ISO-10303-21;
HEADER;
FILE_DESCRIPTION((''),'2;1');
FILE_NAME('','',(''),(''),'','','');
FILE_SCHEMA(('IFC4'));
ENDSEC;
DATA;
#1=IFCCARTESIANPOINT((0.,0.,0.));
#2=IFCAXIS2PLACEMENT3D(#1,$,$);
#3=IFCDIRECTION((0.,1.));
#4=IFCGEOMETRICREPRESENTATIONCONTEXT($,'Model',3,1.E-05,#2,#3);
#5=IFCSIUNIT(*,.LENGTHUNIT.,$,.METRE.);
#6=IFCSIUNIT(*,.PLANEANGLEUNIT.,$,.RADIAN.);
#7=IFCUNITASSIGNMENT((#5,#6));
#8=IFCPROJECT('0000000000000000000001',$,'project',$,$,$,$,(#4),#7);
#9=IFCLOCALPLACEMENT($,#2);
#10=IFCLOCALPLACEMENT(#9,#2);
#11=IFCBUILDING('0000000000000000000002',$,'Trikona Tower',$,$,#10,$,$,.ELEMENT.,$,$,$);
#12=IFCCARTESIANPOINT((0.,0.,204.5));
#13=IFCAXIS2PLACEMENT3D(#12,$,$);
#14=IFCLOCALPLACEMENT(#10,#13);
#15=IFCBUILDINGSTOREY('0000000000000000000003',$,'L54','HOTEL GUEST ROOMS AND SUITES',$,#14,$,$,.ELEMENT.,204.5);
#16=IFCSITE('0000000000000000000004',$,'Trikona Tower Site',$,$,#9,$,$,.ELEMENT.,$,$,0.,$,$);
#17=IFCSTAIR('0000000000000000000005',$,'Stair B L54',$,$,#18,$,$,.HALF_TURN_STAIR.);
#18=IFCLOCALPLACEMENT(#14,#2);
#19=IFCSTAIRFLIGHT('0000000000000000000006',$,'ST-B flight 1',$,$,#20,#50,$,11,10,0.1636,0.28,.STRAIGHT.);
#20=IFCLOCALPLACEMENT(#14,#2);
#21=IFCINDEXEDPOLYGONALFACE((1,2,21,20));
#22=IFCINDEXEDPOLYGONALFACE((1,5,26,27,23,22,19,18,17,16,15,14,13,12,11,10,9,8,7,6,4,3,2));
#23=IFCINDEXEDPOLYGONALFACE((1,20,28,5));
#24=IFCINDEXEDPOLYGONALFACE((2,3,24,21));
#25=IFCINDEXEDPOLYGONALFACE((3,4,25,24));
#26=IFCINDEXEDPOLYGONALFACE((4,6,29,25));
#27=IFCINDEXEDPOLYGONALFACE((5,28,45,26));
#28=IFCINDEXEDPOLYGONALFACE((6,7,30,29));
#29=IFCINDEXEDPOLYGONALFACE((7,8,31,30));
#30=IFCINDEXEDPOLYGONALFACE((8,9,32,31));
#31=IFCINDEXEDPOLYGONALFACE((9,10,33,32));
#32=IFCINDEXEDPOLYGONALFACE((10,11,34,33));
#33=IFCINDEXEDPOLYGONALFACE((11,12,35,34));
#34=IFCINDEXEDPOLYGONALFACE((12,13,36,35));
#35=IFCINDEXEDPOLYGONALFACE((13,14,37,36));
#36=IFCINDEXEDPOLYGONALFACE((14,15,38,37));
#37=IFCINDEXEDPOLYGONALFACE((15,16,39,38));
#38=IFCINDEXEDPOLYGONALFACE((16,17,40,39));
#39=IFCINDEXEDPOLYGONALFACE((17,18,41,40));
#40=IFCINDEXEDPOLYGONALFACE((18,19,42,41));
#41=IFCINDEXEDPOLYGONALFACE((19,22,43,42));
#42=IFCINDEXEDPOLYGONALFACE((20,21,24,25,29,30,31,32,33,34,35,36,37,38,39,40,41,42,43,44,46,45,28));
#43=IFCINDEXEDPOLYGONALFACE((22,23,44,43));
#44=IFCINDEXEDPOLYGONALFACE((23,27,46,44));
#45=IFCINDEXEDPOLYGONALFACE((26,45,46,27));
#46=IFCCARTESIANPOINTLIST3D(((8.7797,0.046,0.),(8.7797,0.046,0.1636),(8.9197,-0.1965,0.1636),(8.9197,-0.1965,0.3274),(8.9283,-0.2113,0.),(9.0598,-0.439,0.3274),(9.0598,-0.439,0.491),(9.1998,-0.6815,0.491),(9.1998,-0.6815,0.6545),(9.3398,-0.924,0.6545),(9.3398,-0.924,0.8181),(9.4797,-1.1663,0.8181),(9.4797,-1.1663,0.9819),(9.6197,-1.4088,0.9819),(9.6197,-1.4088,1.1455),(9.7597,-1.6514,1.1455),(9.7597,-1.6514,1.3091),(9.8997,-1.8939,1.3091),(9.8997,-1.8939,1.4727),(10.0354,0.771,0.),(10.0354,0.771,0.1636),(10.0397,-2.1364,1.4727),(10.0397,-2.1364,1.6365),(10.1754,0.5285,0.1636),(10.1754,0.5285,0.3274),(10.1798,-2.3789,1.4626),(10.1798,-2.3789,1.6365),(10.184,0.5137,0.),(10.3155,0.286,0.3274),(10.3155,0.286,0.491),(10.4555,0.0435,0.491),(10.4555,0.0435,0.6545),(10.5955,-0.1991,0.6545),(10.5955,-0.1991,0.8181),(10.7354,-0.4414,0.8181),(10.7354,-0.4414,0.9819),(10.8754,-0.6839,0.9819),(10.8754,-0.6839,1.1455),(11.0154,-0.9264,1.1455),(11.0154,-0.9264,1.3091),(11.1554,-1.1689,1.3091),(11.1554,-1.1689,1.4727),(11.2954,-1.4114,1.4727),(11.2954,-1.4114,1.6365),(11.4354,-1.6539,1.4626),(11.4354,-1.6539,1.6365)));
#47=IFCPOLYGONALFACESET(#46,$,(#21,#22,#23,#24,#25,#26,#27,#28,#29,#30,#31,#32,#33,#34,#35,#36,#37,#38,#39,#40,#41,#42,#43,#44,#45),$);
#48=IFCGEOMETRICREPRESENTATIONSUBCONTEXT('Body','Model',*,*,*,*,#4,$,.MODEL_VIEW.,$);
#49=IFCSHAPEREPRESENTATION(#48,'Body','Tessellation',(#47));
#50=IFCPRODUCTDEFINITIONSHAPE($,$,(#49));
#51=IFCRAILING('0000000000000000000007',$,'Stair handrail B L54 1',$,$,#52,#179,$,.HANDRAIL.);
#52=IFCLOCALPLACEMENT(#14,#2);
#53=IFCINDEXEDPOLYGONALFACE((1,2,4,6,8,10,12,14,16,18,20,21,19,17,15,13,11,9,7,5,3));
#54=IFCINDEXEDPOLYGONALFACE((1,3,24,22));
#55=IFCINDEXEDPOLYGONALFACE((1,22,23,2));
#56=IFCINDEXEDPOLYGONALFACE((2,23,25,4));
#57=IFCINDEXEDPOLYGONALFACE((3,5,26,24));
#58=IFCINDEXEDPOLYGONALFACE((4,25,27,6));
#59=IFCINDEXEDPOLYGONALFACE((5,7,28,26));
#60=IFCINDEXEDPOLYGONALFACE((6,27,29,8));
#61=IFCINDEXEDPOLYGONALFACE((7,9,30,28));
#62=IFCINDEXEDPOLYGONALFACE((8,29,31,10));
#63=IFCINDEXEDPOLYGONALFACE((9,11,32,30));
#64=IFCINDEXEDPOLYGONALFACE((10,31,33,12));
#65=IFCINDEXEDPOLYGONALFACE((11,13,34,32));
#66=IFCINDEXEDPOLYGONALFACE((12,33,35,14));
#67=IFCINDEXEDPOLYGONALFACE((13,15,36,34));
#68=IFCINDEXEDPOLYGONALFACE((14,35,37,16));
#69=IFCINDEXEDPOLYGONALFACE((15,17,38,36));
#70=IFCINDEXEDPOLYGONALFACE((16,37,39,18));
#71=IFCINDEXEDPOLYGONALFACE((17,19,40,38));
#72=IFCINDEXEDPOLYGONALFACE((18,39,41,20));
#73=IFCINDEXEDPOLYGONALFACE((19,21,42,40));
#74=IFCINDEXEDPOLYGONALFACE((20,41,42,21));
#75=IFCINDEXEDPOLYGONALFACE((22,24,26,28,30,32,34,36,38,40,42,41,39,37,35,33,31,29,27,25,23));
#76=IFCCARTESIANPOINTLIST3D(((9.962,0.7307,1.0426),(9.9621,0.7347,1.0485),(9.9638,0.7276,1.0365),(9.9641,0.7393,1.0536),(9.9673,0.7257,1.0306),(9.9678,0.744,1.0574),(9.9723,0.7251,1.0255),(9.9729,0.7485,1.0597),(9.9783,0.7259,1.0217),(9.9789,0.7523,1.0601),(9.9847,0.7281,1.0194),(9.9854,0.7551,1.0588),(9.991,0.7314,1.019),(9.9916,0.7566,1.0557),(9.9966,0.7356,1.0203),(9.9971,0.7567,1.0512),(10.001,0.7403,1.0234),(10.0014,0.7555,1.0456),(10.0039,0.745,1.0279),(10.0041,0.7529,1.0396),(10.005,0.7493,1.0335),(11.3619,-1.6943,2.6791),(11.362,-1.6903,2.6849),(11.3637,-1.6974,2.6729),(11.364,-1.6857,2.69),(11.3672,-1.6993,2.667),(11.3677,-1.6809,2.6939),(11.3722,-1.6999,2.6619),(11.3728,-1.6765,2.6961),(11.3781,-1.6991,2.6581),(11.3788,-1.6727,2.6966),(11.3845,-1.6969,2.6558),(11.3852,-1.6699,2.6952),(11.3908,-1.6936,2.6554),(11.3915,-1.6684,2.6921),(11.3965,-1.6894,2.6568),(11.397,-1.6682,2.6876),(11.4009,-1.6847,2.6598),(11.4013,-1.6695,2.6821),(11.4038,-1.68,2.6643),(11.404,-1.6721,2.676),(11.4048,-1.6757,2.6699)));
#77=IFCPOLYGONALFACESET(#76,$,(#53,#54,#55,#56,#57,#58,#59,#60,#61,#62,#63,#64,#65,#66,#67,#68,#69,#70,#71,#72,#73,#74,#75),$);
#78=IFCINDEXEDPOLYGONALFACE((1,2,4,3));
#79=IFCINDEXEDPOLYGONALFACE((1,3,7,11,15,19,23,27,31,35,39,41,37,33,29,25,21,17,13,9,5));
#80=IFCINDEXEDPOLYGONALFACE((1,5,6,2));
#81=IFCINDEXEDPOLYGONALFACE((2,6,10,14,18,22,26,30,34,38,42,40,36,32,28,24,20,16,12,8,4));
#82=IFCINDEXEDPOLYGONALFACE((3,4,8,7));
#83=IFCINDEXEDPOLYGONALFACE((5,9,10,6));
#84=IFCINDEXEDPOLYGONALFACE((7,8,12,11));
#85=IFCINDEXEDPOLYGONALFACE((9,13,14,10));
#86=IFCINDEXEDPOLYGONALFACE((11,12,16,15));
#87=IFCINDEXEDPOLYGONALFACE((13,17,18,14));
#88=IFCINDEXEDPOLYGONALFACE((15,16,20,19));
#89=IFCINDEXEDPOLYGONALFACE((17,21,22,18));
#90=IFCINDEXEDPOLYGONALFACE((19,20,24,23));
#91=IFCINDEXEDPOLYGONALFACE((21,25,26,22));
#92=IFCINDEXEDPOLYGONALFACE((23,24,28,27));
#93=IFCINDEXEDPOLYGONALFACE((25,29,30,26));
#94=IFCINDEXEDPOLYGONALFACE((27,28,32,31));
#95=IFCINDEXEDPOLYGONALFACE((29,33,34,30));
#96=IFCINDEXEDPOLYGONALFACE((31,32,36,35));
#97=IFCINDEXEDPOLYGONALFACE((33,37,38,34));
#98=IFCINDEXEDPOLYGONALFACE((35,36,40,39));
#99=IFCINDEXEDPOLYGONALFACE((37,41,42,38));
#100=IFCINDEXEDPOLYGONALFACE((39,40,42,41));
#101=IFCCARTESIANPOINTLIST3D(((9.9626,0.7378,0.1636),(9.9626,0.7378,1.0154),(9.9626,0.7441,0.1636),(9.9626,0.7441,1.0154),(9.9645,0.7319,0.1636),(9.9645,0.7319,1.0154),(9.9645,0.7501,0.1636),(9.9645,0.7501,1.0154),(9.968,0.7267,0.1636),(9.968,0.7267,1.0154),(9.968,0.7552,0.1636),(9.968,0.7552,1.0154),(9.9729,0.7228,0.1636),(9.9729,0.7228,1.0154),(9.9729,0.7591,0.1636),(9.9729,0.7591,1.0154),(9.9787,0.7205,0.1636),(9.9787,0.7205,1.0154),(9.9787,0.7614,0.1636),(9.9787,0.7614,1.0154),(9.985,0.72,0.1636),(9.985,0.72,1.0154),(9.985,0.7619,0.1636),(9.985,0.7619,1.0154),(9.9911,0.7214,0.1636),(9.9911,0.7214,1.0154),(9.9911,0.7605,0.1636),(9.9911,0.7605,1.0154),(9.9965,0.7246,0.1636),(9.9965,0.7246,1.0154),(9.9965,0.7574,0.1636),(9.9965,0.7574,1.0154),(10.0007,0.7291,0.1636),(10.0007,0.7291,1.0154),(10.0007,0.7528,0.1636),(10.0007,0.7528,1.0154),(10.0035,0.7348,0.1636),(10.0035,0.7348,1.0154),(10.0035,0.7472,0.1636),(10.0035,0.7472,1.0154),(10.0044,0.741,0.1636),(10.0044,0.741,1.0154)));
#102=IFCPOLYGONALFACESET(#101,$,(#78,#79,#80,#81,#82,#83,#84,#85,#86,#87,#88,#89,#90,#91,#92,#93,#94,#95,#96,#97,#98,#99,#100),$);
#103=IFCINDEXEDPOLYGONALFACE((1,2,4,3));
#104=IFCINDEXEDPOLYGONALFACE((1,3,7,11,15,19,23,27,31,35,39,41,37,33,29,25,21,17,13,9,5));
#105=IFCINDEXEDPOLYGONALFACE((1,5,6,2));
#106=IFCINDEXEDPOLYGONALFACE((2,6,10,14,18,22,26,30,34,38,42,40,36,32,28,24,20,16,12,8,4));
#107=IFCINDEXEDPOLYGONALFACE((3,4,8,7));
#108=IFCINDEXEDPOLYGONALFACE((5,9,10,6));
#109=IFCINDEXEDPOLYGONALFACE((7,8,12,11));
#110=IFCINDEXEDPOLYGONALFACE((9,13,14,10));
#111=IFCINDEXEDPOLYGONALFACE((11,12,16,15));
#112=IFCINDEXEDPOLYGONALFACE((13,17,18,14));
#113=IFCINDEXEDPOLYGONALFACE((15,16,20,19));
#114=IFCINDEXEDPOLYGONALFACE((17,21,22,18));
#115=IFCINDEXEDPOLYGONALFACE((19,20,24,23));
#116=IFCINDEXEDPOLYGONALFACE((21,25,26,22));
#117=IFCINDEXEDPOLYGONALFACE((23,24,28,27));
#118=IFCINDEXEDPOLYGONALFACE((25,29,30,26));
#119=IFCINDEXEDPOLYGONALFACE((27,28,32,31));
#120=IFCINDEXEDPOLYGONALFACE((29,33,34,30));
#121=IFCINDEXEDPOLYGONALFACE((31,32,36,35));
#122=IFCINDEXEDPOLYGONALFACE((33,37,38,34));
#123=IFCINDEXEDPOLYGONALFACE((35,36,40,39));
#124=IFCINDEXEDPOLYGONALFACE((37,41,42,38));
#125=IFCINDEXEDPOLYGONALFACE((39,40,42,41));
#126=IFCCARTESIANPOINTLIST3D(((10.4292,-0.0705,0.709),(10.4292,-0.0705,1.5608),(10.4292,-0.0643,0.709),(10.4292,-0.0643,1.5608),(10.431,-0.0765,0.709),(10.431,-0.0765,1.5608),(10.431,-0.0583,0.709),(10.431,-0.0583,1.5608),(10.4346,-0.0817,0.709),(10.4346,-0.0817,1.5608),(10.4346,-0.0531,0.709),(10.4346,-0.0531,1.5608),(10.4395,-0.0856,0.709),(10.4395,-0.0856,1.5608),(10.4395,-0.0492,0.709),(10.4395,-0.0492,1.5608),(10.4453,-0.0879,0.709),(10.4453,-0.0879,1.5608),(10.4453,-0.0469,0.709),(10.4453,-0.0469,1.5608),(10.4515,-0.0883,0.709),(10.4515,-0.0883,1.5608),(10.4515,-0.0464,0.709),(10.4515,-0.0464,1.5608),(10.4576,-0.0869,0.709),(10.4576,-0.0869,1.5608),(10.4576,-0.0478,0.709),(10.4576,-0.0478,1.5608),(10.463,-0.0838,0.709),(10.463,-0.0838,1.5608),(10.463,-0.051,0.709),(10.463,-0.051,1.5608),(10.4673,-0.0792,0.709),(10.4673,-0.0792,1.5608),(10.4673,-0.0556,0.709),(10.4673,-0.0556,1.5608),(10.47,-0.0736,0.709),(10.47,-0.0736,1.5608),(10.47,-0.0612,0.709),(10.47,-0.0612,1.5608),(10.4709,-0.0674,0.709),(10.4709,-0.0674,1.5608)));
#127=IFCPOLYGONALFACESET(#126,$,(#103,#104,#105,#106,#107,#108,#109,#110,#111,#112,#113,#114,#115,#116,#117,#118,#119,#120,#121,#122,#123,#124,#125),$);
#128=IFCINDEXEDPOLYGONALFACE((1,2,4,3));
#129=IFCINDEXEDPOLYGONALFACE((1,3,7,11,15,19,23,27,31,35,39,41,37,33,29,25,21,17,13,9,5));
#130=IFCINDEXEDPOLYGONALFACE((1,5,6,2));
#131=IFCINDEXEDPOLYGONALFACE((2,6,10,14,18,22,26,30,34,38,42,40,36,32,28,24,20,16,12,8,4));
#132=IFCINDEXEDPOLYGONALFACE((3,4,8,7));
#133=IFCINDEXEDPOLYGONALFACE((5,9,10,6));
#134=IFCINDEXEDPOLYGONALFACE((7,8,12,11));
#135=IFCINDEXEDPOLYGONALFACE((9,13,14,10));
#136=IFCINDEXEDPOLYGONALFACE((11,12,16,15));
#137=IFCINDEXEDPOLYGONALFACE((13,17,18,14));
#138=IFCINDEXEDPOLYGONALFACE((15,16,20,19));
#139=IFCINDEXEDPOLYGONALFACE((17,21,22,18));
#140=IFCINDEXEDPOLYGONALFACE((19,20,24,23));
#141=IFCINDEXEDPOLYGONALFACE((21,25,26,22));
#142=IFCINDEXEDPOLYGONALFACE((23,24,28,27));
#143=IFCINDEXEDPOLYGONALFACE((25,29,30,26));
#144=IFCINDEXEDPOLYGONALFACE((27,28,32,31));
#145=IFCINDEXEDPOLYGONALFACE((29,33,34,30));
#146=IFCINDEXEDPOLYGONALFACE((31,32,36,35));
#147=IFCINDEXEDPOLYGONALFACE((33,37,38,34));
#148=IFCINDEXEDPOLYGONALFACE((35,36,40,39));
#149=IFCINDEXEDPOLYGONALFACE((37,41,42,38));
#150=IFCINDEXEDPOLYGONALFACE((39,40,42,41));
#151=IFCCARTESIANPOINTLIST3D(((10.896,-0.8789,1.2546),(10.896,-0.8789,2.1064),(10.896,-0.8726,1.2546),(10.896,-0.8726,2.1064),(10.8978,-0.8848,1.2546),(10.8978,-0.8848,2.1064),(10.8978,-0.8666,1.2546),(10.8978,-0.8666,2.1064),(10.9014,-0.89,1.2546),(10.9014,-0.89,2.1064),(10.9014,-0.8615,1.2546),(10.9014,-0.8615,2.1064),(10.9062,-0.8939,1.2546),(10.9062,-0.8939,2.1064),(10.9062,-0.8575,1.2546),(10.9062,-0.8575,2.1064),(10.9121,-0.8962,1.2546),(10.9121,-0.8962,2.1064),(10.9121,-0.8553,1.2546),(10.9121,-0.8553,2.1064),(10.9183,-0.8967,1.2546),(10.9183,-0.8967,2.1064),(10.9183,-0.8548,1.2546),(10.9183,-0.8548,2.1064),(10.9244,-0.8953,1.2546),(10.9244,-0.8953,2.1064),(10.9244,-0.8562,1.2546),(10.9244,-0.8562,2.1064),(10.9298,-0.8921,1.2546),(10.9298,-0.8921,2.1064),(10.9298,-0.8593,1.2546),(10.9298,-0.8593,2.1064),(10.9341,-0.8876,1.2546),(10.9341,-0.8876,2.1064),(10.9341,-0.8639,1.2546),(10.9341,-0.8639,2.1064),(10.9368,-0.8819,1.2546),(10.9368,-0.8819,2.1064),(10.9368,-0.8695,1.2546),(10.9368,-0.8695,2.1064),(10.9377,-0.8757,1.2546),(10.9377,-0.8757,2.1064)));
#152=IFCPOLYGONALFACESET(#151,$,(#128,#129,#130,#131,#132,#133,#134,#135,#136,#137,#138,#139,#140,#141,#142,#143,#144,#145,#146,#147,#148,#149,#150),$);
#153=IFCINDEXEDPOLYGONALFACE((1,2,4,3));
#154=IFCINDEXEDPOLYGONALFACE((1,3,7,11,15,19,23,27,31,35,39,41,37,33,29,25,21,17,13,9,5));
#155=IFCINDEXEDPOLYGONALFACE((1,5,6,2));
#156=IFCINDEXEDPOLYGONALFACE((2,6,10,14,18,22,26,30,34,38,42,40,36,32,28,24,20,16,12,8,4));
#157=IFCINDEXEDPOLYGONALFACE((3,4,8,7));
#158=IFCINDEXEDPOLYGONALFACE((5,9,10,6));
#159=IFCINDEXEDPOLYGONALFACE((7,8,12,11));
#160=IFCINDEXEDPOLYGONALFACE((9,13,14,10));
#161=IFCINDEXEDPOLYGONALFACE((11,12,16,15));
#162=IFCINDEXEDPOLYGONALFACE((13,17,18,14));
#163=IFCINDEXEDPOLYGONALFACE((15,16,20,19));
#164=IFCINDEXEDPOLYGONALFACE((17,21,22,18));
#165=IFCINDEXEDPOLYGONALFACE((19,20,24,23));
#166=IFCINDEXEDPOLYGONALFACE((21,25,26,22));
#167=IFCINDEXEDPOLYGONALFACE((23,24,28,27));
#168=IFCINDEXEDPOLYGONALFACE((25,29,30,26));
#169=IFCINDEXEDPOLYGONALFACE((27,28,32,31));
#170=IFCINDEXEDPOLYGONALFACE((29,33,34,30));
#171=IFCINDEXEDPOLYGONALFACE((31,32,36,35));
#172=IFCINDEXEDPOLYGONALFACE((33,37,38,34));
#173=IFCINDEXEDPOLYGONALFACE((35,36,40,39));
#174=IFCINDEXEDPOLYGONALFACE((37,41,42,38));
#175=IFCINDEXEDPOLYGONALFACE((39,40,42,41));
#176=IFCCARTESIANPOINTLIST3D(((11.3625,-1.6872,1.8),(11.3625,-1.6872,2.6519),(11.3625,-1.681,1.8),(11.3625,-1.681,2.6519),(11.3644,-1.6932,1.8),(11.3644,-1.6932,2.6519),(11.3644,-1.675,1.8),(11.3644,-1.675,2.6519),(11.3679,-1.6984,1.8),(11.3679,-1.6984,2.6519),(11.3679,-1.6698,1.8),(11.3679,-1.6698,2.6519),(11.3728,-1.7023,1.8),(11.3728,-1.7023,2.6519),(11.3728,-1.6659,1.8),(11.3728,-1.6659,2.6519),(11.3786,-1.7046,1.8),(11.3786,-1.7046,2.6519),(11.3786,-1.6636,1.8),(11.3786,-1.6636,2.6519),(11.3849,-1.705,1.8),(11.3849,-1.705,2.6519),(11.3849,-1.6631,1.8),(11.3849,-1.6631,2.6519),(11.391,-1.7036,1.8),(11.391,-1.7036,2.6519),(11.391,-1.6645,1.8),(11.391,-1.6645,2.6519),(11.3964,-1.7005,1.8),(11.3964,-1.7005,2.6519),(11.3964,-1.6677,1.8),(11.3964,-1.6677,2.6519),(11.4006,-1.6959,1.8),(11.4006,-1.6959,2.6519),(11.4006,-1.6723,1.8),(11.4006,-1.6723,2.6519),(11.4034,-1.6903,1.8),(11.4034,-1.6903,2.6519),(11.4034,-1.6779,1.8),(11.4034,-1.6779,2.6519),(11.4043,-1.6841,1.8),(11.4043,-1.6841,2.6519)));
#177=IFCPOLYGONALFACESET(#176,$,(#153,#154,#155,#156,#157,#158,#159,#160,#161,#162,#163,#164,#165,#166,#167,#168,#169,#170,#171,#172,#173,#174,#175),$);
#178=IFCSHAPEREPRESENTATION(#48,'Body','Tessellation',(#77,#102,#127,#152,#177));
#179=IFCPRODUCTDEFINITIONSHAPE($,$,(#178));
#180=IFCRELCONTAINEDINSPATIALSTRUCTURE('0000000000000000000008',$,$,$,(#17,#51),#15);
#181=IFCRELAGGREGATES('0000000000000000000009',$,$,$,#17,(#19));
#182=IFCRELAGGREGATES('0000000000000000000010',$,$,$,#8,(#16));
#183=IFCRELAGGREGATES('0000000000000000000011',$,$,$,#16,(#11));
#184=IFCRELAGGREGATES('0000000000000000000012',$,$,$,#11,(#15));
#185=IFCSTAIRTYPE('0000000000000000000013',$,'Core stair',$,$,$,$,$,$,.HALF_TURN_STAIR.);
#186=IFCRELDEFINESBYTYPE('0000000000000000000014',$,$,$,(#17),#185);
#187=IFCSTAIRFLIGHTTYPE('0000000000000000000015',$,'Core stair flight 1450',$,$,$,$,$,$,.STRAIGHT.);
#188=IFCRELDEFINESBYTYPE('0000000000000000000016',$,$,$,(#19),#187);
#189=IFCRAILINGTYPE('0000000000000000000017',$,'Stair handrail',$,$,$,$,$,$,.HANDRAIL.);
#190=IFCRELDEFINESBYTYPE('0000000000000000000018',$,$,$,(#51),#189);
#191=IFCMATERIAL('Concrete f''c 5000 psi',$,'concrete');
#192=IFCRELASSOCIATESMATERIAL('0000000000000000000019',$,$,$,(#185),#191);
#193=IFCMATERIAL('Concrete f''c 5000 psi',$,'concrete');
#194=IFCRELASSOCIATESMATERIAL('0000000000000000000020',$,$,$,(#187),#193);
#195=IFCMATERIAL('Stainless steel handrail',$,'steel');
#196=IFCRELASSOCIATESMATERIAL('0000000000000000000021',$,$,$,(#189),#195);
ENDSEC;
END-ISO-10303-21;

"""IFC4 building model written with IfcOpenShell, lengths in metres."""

from ifc_helpers import new_model, si_unit, direction, frame, origin, origin_2d, place, context, subcontext, project, spatial, polyline, circle, outline, extrude, material, type_object, element, aggregate, save


model = new_model("IFC4")

# Units and contexts
model_context = context("Model", 3, precision=1e-05, world=origin(), true_north=direction((0.0, 1.0)))
body_context = subcontext(model_context, "Body", "Model", "MODEL_VIEW")
ifc_project = project(units=[si_unit("LENGTHUNIT", "METRE"), si_unit("PLANEANGLEUNIT", "RADIAN")], contexts=[model_context])

# Site, building, storey
site_placement = place(None, origin())
site = spatial("IfcSite", under=ifc_project, at=site_placement, Name="Trikona Tower Site", CompositionType="ELEMENT", RefElevation=0.0)
building_placement = place(site_placement, origin())
building = spatial("IfcBuilding", under=site, at=building_placement, Name="Trikona Tower", CompositionType="ELEMENT")
storey_placement = place(building_placement, frame((0.0, 0.0, 204.5)))
storey = spatial("IfcBuildingStorey", under=building, at=storey_placement, Name="L54", Description="HOTEL GUEST ROOMS AND SUITES", CompositionType="ELEMENT", Elevation=204.5)

# Stair
ifc_material_1 = material(Name="Concrete f'c 5000 psi", Category="concrete")
stair_type = type_object("IfcStairType", Name="Core stair", PredefinedType="HALF_TURN_STAIR", material=ifc_material_1)
stair_1_placement = place(storey_placement, origin())
stair_1 = element("IfcStair", 1, at=stair_1_placement, inside=storey, type_object=stair_type, Name="Stair B L54", PredefinedType="HALF_TURN_STAIR")

# Stair flight
ifc_material_2 = material(Name="Concrete f'c 5000 psi", Category="concrete")
stair_flight_type = type_object("IfcStairFlightType", Name="Core stair flight 1450", PredefinedType="STRAIGHT", material=ifc_material_2)
stair_flight_placement = place(storey_placement, frame((9.4075, 0.4084, 0.0), z_axis=(0.0, 0.0, 1.0), x_axis=(0.5, -0.866025, 0.0)))
stair_flight = element("IfcStairFlight", 2, at=stair_flight_placement, type_object=stair_flight_type, Name="ST-B flight 1", NumberOfRisers=11, NumberOfTreads=10, PredefinedType="STRAIGHT", RiserHeight=0.1636, TreadLength=0.28, context=body_context, shape_type="SweptSolid", body=[
    extrude(outline(polyline([(0.0, 0.0), (0.0, 0.1636), (0.28, 0.1636), (0.28, 0.3274), (0.5601, 0.3274), (0.5601, 0.491), (0.8401, 0.491), (0.8401, 0.6545), (1.1201, 0.6545), (1.1201, 0.8181), (1.3999, 0.8181), (1.3999, 0.9819), (1.6799, 0.9819), (1.6799, 1.1455), (1.96, 1.1455), (1.96, 1.3091), (2.24, 1.3091), (2.24, 1.4727), (2.52, 1.4727), (2.52, 1.6365), (2.8, 1.6365), (2.8, 1.8), (2.8, 1.4626), (0.2971, 0.0), (0.0, 0.0)])), frame((0.0, 0.7251, 0.0), z_axis=(0.0, -1.0, 0.0), x_axis=(1.0, 0.0, 0.0)), (0.0, 0.0, 1.0), 1.45),
])
aggregate(stair_1, [stair_flight])

# Railing
ifc_material_3 = material(Name="Stainless steel handrail", Category="steel")
railing_type = type_object("IfcRailingType", Name="Stair handrail", PredefinedType="HANDRAIL", material=ifc_material_3)
railing_placement = place(storey_placement, frame((9.9834, 0.741, 0.1636)))
element("IfcRailing", 3, at=railing_placement, inside=storey, type_object=railing_type, Name="Stair handrail B L54 1", PredefinedType="HANDRAIL", context=body_context, shape_type="SweptSolid", body=[
    extrude(circle(Radius=0.0239, at=origin_2d()), frame((0.0, 0.0, 0.876), z_axis=(0.431636, -0.747723, 0.504579), x_axis=(0.866056, 0.499946, 0.0)), (0.0, 0.0, 1.0), 3.2432),
    extrude(circle(Radius=0.021, at=origin_2d()), origin(), (0.0, 0.0, 1.0), 0.8518),
    extrude(circle(Radius=0.021, at=origin_2d()), frame((0.4666, -0.8083, 0.5454)), (0.0, 0.0, 1.0), 0.8518),
    extrude(circle(Radius=0.021, at=origin_2d()), frame((0.9333, -1.6167, 1.0911)), (0.0, 0.0, 1.0), 0.8518),
    extrude(circle(Radius=0.021, at=origin_2d()), frame((1.3999, -2.425, 1.6365)), (0.0, 0.0, 1.0), 0.8518),
])

save(model, "model.ifc")
